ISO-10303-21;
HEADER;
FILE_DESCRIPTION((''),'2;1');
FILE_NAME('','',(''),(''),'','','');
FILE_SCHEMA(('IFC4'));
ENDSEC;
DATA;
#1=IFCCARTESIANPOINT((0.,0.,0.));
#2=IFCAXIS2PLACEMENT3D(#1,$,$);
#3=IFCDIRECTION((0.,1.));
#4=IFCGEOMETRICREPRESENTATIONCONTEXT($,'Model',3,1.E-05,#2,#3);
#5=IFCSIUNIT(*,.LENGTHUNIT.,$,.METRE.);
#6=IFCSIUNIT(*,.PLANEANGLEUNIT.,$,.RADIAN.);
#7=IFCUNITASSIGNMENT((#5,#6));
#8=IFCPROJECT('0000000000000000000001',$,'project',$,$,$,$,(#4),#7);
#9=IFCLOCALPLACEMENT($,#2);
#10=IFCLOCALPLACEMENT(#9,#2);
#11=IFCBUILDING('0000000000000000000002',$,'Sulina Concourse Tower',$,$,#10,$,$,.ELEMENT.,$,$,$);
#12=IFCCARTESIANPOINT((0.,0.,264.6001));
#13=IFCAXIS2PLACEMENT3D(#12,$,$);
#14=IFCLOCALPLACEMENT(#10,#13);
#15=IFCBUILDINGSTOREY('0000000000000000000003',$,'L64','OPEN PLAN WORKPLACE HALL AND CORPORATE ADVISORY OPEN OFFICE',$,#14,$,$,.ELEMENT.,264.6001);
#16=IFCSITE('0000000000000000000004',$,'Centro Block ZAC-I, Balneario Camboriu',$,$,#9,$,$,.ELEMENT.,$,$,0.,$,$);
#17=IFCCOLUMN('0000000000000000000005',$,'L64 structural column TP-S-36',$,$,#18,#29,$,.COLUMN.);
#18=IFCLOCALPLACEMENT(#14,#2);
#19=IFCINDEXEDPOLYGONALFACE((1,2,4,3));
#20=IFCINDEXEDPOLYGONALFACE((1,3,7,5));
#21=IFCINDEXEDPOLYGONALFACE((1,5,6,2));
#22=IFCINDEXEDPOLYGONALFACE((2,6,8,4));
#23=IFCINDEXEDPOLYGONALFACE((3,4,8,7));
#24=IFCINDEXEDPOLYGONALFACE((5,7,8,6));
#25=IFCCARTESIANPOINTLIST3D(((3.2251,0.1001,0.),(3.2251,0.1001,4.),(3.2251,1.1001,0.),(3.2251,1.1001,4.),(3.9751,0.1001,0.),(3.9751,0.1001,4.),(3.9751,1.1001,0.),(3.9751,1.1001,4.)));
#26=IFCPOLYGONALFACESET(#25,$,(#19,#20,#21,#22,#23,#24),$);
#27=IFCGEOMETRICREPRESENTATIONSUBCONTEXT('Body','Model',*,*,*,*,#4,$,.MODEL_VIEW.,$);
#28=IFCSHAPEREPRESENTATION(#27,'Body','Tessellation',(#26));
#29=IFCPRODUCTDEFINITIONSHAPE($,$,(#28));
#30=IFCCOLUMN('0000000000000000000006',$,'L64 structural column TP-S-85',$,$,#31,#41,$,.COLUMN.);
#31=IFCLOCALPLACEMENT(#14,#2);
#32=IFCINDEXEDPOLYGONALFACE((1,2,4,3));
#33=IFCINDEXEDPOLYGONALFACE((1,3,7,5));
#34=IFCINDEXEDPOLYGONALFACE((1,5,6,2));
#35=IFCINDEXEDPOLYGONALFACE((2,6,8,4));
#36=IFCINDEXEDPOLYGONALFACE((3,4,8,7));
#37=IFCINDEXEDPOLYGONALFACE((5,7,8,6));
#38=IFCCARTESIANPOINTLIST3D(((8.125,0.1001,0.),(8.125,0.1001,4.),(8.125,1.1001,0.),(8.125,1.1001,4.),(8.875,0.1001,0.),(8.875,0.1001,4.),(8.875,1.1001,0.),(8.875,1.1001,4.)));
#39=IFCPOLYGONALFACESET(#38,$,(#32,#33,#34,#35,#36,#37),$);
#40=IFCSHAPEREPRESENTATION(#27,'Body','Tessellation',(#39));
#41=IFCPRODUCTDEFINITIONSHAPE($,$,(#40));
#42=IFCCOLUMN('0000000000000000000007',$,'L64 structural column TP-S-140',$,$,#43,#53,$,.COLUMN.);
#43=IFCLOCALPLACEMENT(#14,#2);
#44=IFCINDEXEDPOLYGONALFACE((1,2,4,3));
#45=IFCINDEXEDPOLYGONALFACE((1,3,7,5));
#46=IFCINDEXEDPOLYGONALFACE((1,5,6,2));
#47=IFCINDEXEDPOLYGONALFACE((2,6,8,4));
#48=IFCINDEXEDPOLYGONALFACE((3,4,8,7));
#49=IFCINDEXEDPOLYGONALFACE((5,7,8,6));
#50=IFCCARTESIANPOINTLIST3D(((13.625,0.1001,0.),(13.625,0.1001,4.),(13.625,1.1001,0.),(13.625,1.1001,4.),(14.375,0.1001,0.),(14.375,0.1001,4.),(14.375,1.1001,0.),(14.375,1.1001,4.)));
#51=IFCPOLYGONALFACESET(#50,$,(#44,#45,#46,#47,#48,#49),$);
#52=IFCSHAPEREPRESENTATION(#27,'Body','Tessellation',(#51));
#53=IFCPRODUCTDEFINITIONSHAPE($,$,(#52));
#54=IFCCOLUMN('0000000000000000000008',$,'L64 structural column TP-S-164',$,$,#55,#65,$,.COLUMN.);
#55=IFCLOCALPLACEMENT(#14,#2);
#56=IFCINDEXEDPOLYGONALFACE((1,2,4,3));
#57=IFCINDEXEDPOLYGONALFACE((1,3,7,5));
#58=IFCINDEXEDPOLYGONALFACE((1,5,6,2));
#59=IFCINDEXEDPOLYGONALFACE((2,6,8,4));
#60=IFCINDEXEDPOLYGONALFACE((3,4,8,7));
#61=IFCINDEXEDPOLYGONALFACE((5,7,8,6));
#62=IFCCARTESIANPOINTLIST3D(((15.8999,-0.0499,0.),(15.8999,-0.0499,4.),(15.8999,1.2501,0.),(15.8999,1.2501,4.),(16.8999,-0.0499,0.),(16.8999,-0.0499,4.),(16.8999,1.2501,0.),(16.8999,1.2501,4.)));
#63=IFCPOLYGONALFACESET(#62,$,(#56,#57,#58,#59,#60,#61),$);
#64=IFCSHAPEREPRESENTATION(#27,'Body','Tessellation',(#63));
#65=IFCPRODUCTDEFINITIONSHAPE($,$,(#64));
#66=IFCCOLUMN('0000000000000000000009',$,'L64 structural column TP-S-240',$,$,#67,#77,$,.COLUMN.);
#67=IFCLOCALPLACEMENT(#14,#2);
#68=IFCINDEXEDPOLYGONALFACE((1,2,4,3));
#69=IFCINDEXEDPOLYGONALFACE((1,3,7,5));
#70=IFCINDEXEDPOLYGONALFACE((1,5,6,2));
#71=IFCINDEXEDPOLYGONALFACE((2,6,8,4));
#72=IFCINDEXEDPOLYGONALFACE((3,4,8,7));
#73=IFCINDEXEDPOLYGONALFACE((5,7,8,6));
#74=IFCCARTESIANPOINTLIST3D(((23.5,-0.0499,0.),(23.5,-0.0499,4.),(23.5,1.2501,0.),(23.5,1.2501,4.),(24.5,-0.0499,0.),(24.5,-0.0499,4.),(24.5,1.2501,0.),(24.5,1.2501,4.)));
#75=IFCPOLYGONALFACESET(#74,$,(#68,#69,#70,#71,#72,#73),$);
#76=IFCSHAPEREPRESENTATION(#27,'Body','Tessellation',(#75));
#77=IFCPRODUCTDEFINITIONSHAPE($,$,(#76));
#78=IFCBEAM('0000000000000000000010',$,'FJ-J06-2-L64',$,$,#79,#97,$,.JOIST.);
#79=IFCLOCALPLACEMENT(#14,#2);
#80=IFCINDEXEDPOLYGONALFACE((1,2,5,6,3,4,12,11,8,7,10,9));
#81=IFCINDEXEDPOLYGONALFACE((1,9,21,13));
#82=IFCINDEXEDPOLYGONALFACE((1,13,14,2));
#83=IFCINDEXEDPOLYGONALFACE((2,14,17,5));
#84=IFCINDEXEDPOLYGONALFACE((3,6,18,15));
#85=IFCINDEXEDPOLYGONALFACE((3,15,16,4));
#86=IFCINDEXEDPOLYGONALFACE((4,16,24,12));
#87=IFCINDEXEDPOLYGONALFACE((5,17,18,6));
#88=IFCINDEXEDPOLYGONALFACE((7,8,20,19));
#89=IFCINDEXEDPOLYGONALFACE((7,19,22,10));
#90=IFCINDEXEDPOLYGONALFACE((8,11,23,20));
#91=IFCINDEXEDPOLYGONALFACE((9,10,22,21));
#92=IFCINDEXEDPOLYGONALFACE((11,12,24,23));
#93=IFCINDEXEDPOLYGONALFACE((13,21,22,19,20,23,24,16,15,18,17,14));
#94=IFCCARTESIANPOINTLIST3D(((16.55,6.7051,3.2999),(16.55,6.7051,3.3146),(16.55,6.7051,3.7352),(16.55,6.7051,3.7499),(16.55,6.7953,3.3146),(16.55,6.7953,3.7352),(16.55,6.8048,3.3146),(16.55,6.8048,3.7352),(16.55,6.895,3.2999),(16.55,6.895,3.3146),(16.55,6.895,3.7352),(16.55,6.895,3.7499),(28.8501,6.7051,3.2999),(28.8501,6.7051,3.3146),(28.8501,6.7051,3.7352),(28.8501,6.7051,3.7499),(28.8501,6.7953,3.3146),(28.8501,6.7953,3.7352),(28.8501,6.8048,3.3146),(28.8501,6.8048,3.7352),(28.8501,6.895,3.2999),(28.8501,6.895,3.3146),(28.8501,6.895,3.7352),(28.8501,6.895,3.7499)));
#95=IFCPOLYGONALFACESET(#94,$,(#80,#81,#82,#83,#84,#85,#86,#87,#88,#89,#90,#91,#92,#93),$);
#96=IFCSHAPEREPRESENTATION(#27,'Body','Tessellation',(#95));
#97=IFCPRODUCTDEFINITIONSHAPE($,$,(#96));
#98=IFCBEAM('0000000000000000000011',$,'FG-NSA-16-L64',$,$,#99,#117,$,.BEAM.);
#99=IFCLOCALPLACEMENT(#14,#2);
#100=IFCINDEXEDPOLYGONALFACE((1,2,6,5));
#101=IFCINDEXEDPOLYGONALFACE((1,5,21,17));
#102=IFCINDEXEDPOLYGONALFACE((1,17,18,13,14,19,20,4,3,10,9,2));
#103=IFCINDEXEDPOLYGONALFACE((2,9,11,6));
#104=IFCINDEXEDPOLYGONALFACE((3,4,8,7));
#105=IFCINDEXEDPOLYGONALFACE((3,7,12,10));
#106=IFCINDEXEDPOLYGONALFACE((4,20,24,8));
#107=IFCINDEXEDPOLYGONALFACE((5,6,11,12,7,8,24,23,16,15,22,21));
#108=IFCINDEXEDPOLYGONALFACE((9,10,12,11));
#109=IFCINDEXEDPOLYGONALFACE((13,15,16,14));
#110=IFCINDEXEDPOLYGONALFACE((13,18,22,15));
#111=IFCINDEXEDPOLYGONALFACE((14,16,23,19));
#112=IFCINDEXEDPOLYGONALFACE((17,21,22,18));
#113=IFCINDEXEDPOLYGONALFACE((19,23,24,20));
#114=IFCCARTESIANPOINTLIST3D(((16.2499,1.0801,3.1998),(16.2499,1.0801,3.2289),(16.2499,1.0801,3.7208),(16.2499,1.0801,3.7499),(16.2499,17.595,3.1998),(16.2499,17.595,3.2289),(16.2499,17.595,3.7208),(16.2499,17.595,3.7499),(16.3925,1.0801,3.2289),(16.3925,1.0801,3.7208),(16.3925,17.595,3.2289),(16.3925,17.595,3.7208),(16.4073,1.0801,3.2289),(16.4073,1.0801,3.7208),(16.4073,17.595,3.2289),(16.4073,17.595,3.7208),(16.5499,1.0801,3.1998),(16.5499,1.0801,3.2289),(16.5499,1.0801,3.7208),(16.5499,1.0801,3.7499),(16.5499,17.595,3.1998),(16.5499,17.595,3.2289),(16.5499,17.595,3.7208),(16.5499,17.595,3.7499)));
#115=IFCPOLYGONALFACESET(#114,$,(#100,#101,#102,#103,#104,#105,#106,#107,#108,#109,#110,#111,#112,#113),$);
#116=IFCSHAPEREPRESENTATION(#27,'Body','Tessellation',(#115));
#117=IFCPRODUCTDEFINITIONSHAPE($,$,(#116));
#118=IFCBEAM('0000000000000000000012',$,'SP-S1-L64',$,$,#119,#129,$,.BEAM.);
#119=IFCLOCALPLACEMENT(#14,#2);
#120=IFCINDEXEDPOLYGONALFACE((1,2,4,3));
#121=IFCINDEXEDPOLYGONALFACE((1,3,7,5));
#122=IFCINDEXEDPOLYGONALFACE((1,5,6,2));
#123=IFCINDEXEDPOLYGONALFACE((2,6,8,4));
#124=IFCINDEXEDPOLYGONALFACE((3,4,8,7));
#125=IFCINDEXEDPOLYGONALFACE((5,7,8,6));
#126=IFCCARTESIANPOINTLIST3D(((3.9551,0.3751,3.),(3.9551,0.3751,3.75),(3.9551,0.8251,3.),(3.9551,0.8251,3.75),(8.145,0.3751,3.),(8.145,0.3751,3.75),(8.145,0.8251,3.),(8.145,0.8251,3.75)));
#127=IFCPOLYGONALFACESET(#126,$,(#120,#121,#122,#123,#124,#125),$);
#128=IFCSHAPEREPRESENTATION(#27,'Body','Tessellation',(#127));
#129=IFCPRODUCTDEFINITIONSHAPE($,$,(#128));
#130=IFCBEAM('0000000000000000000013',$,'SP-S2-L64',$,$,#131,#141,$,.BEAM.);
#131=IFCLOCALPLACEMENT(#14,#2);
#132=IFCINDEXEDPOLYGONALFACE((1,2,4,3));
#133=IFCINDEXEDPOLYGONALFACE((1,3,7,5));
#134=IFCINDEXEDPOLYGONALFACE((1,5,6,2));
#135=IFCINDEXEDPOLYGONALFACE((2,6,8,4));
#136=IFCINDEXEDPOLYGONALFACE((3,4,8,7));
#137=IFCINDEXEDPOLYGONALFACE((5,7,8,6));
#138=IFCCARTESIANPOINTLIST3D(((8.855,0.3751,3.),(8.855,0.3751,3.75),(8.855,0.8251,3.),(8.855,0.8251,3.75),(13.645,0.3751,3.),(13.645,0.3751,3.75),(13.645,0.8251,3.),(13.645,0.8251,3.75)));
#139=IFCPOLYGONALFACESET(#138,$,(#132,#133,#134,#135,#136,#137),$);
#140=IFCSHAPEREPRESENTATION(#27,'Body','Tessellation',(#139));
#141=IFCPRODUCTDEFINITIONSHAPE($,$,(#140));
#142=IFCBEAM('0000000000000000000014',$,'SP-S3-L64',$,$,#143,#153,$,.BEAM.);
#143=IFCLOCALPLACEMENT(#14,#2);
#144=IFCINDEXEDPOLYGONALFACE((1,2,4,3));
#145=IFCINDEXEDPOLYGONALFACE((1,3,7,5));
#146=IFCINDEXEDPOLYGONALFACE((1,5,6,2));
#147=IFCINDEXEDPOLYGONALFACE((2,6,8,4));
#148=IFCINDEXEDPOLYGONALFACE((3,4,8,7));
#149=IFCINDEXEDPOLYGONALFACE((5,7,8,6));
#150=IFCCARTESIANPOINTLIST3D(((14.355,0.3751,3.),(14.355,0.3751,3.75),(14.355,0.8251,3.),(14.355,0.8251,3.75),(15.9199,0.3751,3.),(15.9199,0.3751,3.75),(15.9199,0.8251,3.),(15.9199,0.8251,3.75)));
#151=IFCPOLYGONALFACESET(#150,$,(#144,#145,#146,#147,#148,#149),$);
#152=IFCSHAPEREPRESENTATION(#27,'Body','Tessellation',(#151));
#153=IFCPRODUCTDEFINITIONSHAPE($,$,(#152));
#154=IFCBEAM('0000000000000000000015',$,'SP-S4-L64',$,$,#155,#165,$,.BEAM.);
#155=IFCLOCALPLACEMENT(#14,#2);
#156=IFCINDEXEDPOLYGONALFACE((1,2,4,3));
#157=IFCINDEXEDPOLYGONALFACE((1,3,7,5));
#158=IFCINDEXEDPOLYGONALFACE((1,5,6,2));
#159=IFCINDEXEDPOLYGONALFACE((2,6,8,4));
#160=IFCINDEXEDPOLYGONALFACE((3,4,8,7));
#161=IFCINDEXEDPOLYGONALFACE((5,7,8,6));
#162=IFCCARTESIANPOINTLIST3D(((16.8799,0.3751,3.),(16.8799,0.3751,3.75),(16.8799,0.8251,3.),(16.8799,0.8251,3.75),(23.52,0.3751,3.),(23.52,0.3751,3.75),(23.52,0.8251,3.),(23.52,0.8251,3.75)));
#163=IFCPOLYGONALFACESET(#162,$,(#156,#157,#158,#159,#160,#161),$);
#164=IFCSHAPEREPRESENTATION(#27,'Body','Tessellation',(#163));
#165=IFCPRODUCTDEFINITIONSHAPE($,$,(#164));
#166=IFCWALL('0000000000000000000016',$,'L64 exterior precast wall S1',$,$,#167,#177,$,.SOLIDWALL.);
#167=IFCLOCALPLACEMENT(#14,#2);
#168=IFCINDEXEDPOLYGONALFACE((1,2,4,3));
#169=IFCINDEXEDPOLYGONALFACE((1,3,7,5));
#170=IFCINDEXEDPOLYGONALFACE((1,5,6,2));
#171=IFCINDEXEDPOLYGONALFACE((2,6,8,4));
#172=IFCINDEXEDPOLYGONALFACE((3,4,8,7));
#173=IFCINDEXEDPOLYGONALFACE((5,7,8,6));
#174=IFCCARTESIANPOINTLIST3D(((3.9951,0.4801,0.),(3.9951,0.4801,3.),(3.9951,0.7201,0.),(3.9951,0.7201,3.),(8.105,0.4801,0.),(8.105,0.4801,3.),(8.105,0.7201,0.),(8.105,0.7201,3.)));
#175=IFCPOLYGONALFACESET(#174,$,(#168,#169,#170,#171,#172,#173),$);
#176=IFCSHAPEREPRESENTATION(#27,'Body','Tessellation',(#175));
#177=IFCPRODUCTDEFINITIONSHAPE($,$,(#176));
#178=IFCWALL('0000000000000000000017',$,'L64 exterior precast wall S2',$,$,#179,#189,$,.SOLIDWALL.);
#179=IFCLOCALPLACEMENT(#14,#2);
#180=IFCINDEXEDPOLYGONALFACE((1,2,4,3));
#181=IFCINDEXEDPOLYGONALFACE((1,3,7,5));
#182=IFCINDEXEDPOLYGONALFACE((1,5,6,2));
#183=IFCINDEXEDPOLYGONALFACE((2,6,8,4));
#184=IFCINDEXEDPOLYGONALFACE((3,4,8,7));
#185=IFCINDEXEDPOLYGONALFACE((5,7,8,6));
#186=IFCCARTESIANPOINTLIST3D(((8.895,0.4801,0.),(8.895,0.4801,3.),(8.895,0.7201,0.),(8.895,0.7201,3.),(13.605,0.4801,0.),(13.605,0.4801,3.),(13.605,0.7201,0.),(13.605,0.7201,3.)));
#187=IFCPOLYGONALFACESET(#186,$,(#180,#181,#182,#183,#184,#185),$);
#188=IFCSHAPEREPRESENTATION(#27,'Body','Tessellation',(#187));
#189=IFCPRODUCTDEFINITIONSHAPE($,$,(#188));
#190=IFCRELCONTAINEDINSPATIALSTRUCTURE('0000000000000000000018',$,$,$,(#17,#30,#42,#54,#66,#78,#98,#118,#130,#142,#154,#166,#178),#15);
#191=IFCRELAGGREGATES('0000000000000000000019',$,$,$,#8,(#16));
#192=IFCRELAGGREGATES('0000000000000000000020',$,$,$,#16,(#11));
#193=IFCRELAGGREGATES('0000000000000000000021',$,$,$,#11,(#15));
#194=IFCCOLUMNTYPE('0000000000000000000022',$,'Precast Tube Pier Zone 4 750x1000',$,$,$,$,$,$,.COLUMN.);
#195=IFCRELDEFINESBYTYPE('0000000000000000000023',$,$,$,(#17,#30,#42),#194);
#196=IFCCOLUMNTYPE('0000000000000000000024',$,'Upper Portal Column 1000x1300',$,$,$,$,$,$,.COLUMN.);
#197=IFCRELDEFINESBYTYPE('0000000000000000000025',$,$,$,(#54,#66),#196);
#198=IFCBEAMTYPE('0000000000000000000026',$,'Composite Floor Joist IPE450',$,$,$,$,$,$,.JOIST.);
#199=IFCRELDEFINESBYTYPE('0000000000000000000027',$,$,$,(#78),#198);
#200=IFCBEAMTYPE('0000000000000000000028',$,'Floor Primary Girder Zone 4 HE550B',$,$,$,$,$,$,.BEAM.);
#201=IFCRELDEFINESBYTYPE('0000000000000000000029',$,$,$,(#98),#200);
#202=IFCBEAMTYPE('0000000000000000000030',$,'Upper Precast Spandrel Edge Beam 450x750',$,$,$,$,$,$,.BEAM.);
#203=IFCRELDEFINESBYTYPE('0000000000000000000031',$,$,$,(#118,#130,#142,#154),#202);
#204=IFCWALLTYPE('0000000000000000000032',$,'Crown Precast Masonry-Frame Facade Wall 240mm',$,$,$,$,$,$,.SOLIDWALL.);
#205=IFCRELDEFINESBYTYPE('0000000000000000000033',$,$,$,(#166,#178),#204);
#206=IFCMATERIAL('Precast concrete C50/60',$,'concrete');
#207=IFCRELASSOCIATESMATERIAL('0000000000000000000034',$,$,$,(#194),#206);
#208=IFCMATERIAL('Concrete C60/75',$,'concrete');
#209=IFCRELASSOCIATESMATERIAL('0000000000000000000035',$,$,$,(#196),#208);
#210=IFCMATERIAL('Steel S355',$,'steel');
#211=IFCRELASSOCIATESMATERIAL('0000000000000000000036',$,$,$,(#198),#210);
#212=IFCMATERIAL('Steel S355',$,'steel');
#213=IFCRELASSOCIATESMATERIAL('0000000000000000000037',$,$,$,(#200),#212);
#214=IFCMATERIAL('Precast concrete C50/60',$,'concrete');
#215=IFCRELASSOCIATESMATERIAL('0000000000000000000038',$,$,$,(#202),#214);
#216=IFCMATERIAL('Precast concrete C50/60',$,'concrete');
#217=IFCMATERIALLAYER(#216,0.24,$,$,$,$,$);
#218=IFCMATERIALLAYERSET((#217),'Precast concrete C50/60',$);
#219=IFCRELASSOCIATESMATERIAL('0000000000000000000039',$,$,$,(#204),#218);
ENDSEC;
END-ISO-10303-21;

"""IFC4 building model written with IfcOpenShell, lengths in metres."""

from ifc_helpers import new_model, si_unit, direction, frame, frame_2d, origin, origin_2d, place, context, subcontext, project, spatial, rectangle, i_section, extrude, material, layer, layer_set, material_profile, profile_set, type_object, element, save


model = new_model("IFC4")

# Units and contexts
model_context = context("Model", 3, precision=1e-05, world=origin(), true_north=direction((0.0, 1.0)))
body_context = subcontext(model_context, "Body", "Model", "MODEL_VIEW")
ifc_project = project(units=[si_unit("LENGTHUNIT", "METRE"), si_unit("PLANEANGLEUNIT", "RADIAN")], contexts=[model_context])

# Site, building, storey
site_placement = place(None, origin())
site = spatial("IfcSite", under=ifc_project, at=site_placement, Name="Centro Block ZAC-I, Balneario Camboriu", CompositionType="ELEMENT", RefElevation=0.0)
building_placement = place(site_placement, origin())
building = spatial("IfcBuilding", under=site, at=building_placement, Name="Sulina Concourse Tower", CompositionType="ELEMENT")
storey_placement = place(building_placement, frame((0.0, 0.0, 264.6001)))
storey = spatial("IfcBuildingStorey", under=building, at=storey_placement, Name="L64", Description="OPEN PLAN WORKPLACE HALL AND CORPORATE ADVISORY OPEN OFFICE", CompositionType="ELEMENT", Elevation=264.6001)

# Columns
ifc_material_1 = material(Name="Precast concrete C50/60", Category="concrete")
ifc_material_profile_1 = material_profile(ifc_material_1, rectangle(XDim=0.75, YDim=1.0, at=origin_2d()), Name="PC 750x1000")
ifc_profile_set_1 = profile_set([ifc_material_profile_1], Name="Precast concrete C50/60")
column_type_1 = type_object("IfcColumnType", Name="Precast Tube Pier Zone 4 750x1000", PredefinedType="COLUMN", material=ifc_profile_set_1)
for number, where, z_axis, x_axis, name in (
    (1, (3.6001, 0.6001, 0.0), (0.0, 0.0, 1.0), (1.0, 0.0, 0.0), "L64 structural column TP-S-36"),
    (2, (8.5, 0.6001, 0.0), (0.0, 0.0, 1.0), (1.0, 0.0, 0.0), "L64 structural column TP-S-85"),
    (3, (14.0, 0.6001, 0.0), (0.0, 0.0, 1.0), (1.0, 0.0, 0.0), "L64 structural column TP-S-140"),
):
    element("IfcColumn", number, at=place(storey_placement, frame(where, z_axis=z_axis, x_axis=x_axis)), inside=storey, type_object=column_type_1, Name=name, PredefinedType="COLUMN", context=body_context, shape_type="SweptSolid", body=[
        extrude(rectangle(XDim=0.75, YDim=1.0, at=origin_2d()), origin(), (0.0, 0.0, 1.0), 4.0),
    ])
ifc_material_2 = material(Name="Concrete C60/75", Category="concrete")
ifc_material_profile_2 = material_profile(ifc_material_2, rectangle(XDim=1.0, YDim=1.3, at=origin_2d()), Name="RC 1000x1300")
ifc_profile_set_2 = profile_set([ifc_material_profile_2], Name="Concrete C60/75")
column_type_2 = type_object("IfcColumnType", Name="Upper Portal Column 1000x1300", PredefinedType="COLUMN", material=ifc_profile_set_2)
for number, where, z_axis, x_axis, name in (
    (4, (16.3999, 0.6001, 0.0), (0.0, 0.0, 1.0), (1.0, 0.0, 0.0), "L64 structural column TP-S-164"),
    (5, (24.0, 0.6001, 0.0), (0.0, 0.0, 1.0), (1.0, 0.0, 0.0), "L64 structural column TP-S-240"),
):
    element("IfcColumn", number, at=place(storey_placement, frame(where, z_axis=z_axis, x_axis=x_axis)), inside=storey, type_object=column_type_2, Name=name, PredefinedType="COLUMN", context=body_context, shape_type="SweptSolid", body=[
        extrude(rectangle(XDim=1.0, YDim=1.3, at=origin_2d()), origin(), (0.0, 0.0, 1.0), 4.0),
    ])

# Beams
ifc_material_3 = material(Name="Steel S355", Category="steel")
ifc_material_profile_3 = material_profile(ifc_material_3, i_section(OverallWidth=0.1899, OverallDepth=0.45, WebThickness=0.0095, FlangeThickness=0.0146, at=origin_2d()), Name="IPE 450")
ifc_profile_set_3 = profile_set([ifc_material_profile_3], Name="Steel S355")
beam_type_1 = type_object("IfcBeamType", Name="Composite Floor Joist IPE450", PredefinedType="JOIST", material=ifc_profile_set_3)
beam_1_placement = place(storey_placement, frame((16.55, 6.8, 3.5249), z_axis=(1.0, 0.0, 0.0), x_axis=(0.0, 1.0, 0.0)))
element("IfcBeam", 6, at=beam_1_placement, inside=storey, type_object=beam_type_1, Name="FJ-J06-2-L64", PredefinedType="JOIST", context=body_context, shape_type="SweptSolid", body=[
    extrude(i_section(OverallWidth=0.1899, OverallDepth=0.45, WebThickness=0.0095, FlangeThickness=0.0146, at=origin_2d()), origin(), (0.0, 0.0, 1.0), 12.3),
])
ifc_material_4 = material(Name="Steel S355", Category="steel")
ifc_material_profile_4 = material_profile(ifc_material_4, i_section(OverallWidth=0.3, OverallDepth=0.55, WebThickness=0.0149, FlangeThickness=0.0291, at=origin_2d()), Name="HE 550 B")
ifc_profile_set_4 = profile_set([ifc_material_profile_4], Name="Steel S355")
beam_type_2 = type_object("IfcBeamType", Name="Floor Primary Girder Zone 4 HE550B", PredefinedType="BEAM", material=ifc_profile_set_4)
beam_2_placement = place(storey_placement, frame((16.3999, 1.0801, 3.4749), z_axis=(0.0, 1.0, 0.0), x_axis=(-1.0, 0.0, 0.0)))
element("IfcBeam", 7, at=beam_2_placement, inside=storey, type_object=beam_type_2, Name="FG-NSA-16-L64", PredefinedType="BEAM", context=body_context, shape_type="SweptSolid", body=[
    extrude(i_section(OverallWidth=0.3, OverallDepth=0.55, WebThickness=0.0149, FlangeThickness=0.0291, at=origin_2d()), origin(), (0.0, 0.0, 1.0), 16.5149),
])
ifc_material_5 = material(Name="Precast concrete C50/60", Category="concrete")
ifc_material_profile_5 = material_profile(ifc_material_5, rectangle(XDim=0.45, YDim=0.75, at=origin_2d()), Name="RC 450x750")
ifc_profile_set_5 = profile_set([ifc_material_profile_5], Name="Precast concrete C50/60")
beam_type_3 = type_object("IfcBeamType", Name="Upper Precast Spandrel Edge Beam 450x750", PredefinedType="BEAM", material=ifc_profile_set_5)
beam_3_placement = place(storey_placement, frame((3.9551, 0.6001, 3.375), z_axis=(1.0, 0.0, 0.0), x_axis=(0.0, 1.0, 0.0)))
element("IfcBeam", 8, at=beam_3_placement, inside=storey, type_object=beam_type_3, Name="SP-S1-L64", PredefinedType="BEAM", context=body_context, shape_type="SweptSolid", body=[
    extrude(rectangle(XDim=0.45, YDim=0.75, at=origin_2d()), origin(), (0.0, 0.0, 1.0), 4.1899),
])
beam_4_placement = place(storey_placement, frame((8.855, 0.6001, 3.375), z_axis=(1.0, 0.0, 0.0), x_axis=(0.0, 1.0, 0.0)))
element("IfcBeam", 9, at=beam_4_placement, inside=storey, type_object=beam_type_3, Name="SP-S2-L64", PredefinedType="BEAM", context=body_context, shape_type="SweptSolid", body=[
    extrude(rectangle(XDim=0.45, YDim=0.75, at=origin_2d()), origin(), (0.0, 0.0, 1.0), 4.79),
])
beam_5_placement = place(storey_placement, frame((14.355, 0.6001, 3.375), z_axis=(1.0, 0.0, 0.0), x_axis=(0.0, 1.0, 0.0)))
element("IfcBeam", 10, at=beam_5_placement, inside=storey, type_object=beam_type_3, Name="SP-S3-L64", PredefinedType="BEAM", context=body_context, shape_type="SweptSolid", body=[
    extrude(rectangle(XDim=0.45, YDim=0.75, at=origin_2d()), origin(), (0.0, 0.0, 1.0), 1.5649),
])
beam_6_placement = place(storey_placement, frame((16.8799, 0.6001, 3.375), z_axis=(1.0, 0.0, 0.0), x_axis=(0.0, 1.0, 0.0)))
element("IfcBeam", 11, at=beam_6_placement, inside=storey, type_object=beam_type_3, Name="SP-S4-L64", PredefinedType="BEAM", context=body_context, shape_type="SweptSolid", body=[
    extrude(rectangle(XDim=0.45, YDim=0.75, at=origin_2d()), origin(), (0.0, 0.0, 1.0), 6.6401),
])

# Walls
ifc_material_6 = material(Name="Precast concrete C50/60", Category="concrete")
ifc_layer_1 = layer(ifc_material_6, 0.24)
ifc_layer_set_1 = layer_set([ifc_layer_1], Name="Precast concrete C50/60")
wall_type_1 = type_object("IfcWallType", Name="Crown Precast Masonry-Frame Facade Wall 240mm", PredefinedType="SOLIDWALL", material=ifc_layer_set_1)
wall_1_placement = place(storey_placement, frame((8.105, 0.6001, 0.0), z_axis=(0.0, 0.0, 1.0), x_axis=(-1.0, 0.0, 0.0)))
element("IfcWall", 12, at=wall_1_placement, inside=storey, type_object=wall_type_1, Name="L64 exterior precast wall S1", PredefinedType="SOLIDWALL", context=body_context, shape_type="SweptSolid", body=[
    extrude(rectangle(XDim=4.1099, YDim=0.24, at=frame_2d((2.0549, 0.0))), origin(), (0.0, 0.0, 1.0), 3.0),
])
wall_2_placement = place(storey_placement, frame((13.605, 0.6001, 0.0), z_axis=(0.0, 0.0, 1.0), x_axis=(-1.0, 0.0, 0.0)))
element("IfcWall", 13, at=wall_2_placement, inside=storey, type_object=wall_type_1, Name="L64 exterior precast wall S2", PredefinedType="SOLIDWALL", context=body_context, shape_type="SweptSolid", body=[
    extrude(rectangle(XDim=4.71, YDim=0.24, at=frame_2d((2.355, 0.0))), origin(), (0.0, 0.0, 1.0), 3.0),
])

save(model, "model.ifc")
